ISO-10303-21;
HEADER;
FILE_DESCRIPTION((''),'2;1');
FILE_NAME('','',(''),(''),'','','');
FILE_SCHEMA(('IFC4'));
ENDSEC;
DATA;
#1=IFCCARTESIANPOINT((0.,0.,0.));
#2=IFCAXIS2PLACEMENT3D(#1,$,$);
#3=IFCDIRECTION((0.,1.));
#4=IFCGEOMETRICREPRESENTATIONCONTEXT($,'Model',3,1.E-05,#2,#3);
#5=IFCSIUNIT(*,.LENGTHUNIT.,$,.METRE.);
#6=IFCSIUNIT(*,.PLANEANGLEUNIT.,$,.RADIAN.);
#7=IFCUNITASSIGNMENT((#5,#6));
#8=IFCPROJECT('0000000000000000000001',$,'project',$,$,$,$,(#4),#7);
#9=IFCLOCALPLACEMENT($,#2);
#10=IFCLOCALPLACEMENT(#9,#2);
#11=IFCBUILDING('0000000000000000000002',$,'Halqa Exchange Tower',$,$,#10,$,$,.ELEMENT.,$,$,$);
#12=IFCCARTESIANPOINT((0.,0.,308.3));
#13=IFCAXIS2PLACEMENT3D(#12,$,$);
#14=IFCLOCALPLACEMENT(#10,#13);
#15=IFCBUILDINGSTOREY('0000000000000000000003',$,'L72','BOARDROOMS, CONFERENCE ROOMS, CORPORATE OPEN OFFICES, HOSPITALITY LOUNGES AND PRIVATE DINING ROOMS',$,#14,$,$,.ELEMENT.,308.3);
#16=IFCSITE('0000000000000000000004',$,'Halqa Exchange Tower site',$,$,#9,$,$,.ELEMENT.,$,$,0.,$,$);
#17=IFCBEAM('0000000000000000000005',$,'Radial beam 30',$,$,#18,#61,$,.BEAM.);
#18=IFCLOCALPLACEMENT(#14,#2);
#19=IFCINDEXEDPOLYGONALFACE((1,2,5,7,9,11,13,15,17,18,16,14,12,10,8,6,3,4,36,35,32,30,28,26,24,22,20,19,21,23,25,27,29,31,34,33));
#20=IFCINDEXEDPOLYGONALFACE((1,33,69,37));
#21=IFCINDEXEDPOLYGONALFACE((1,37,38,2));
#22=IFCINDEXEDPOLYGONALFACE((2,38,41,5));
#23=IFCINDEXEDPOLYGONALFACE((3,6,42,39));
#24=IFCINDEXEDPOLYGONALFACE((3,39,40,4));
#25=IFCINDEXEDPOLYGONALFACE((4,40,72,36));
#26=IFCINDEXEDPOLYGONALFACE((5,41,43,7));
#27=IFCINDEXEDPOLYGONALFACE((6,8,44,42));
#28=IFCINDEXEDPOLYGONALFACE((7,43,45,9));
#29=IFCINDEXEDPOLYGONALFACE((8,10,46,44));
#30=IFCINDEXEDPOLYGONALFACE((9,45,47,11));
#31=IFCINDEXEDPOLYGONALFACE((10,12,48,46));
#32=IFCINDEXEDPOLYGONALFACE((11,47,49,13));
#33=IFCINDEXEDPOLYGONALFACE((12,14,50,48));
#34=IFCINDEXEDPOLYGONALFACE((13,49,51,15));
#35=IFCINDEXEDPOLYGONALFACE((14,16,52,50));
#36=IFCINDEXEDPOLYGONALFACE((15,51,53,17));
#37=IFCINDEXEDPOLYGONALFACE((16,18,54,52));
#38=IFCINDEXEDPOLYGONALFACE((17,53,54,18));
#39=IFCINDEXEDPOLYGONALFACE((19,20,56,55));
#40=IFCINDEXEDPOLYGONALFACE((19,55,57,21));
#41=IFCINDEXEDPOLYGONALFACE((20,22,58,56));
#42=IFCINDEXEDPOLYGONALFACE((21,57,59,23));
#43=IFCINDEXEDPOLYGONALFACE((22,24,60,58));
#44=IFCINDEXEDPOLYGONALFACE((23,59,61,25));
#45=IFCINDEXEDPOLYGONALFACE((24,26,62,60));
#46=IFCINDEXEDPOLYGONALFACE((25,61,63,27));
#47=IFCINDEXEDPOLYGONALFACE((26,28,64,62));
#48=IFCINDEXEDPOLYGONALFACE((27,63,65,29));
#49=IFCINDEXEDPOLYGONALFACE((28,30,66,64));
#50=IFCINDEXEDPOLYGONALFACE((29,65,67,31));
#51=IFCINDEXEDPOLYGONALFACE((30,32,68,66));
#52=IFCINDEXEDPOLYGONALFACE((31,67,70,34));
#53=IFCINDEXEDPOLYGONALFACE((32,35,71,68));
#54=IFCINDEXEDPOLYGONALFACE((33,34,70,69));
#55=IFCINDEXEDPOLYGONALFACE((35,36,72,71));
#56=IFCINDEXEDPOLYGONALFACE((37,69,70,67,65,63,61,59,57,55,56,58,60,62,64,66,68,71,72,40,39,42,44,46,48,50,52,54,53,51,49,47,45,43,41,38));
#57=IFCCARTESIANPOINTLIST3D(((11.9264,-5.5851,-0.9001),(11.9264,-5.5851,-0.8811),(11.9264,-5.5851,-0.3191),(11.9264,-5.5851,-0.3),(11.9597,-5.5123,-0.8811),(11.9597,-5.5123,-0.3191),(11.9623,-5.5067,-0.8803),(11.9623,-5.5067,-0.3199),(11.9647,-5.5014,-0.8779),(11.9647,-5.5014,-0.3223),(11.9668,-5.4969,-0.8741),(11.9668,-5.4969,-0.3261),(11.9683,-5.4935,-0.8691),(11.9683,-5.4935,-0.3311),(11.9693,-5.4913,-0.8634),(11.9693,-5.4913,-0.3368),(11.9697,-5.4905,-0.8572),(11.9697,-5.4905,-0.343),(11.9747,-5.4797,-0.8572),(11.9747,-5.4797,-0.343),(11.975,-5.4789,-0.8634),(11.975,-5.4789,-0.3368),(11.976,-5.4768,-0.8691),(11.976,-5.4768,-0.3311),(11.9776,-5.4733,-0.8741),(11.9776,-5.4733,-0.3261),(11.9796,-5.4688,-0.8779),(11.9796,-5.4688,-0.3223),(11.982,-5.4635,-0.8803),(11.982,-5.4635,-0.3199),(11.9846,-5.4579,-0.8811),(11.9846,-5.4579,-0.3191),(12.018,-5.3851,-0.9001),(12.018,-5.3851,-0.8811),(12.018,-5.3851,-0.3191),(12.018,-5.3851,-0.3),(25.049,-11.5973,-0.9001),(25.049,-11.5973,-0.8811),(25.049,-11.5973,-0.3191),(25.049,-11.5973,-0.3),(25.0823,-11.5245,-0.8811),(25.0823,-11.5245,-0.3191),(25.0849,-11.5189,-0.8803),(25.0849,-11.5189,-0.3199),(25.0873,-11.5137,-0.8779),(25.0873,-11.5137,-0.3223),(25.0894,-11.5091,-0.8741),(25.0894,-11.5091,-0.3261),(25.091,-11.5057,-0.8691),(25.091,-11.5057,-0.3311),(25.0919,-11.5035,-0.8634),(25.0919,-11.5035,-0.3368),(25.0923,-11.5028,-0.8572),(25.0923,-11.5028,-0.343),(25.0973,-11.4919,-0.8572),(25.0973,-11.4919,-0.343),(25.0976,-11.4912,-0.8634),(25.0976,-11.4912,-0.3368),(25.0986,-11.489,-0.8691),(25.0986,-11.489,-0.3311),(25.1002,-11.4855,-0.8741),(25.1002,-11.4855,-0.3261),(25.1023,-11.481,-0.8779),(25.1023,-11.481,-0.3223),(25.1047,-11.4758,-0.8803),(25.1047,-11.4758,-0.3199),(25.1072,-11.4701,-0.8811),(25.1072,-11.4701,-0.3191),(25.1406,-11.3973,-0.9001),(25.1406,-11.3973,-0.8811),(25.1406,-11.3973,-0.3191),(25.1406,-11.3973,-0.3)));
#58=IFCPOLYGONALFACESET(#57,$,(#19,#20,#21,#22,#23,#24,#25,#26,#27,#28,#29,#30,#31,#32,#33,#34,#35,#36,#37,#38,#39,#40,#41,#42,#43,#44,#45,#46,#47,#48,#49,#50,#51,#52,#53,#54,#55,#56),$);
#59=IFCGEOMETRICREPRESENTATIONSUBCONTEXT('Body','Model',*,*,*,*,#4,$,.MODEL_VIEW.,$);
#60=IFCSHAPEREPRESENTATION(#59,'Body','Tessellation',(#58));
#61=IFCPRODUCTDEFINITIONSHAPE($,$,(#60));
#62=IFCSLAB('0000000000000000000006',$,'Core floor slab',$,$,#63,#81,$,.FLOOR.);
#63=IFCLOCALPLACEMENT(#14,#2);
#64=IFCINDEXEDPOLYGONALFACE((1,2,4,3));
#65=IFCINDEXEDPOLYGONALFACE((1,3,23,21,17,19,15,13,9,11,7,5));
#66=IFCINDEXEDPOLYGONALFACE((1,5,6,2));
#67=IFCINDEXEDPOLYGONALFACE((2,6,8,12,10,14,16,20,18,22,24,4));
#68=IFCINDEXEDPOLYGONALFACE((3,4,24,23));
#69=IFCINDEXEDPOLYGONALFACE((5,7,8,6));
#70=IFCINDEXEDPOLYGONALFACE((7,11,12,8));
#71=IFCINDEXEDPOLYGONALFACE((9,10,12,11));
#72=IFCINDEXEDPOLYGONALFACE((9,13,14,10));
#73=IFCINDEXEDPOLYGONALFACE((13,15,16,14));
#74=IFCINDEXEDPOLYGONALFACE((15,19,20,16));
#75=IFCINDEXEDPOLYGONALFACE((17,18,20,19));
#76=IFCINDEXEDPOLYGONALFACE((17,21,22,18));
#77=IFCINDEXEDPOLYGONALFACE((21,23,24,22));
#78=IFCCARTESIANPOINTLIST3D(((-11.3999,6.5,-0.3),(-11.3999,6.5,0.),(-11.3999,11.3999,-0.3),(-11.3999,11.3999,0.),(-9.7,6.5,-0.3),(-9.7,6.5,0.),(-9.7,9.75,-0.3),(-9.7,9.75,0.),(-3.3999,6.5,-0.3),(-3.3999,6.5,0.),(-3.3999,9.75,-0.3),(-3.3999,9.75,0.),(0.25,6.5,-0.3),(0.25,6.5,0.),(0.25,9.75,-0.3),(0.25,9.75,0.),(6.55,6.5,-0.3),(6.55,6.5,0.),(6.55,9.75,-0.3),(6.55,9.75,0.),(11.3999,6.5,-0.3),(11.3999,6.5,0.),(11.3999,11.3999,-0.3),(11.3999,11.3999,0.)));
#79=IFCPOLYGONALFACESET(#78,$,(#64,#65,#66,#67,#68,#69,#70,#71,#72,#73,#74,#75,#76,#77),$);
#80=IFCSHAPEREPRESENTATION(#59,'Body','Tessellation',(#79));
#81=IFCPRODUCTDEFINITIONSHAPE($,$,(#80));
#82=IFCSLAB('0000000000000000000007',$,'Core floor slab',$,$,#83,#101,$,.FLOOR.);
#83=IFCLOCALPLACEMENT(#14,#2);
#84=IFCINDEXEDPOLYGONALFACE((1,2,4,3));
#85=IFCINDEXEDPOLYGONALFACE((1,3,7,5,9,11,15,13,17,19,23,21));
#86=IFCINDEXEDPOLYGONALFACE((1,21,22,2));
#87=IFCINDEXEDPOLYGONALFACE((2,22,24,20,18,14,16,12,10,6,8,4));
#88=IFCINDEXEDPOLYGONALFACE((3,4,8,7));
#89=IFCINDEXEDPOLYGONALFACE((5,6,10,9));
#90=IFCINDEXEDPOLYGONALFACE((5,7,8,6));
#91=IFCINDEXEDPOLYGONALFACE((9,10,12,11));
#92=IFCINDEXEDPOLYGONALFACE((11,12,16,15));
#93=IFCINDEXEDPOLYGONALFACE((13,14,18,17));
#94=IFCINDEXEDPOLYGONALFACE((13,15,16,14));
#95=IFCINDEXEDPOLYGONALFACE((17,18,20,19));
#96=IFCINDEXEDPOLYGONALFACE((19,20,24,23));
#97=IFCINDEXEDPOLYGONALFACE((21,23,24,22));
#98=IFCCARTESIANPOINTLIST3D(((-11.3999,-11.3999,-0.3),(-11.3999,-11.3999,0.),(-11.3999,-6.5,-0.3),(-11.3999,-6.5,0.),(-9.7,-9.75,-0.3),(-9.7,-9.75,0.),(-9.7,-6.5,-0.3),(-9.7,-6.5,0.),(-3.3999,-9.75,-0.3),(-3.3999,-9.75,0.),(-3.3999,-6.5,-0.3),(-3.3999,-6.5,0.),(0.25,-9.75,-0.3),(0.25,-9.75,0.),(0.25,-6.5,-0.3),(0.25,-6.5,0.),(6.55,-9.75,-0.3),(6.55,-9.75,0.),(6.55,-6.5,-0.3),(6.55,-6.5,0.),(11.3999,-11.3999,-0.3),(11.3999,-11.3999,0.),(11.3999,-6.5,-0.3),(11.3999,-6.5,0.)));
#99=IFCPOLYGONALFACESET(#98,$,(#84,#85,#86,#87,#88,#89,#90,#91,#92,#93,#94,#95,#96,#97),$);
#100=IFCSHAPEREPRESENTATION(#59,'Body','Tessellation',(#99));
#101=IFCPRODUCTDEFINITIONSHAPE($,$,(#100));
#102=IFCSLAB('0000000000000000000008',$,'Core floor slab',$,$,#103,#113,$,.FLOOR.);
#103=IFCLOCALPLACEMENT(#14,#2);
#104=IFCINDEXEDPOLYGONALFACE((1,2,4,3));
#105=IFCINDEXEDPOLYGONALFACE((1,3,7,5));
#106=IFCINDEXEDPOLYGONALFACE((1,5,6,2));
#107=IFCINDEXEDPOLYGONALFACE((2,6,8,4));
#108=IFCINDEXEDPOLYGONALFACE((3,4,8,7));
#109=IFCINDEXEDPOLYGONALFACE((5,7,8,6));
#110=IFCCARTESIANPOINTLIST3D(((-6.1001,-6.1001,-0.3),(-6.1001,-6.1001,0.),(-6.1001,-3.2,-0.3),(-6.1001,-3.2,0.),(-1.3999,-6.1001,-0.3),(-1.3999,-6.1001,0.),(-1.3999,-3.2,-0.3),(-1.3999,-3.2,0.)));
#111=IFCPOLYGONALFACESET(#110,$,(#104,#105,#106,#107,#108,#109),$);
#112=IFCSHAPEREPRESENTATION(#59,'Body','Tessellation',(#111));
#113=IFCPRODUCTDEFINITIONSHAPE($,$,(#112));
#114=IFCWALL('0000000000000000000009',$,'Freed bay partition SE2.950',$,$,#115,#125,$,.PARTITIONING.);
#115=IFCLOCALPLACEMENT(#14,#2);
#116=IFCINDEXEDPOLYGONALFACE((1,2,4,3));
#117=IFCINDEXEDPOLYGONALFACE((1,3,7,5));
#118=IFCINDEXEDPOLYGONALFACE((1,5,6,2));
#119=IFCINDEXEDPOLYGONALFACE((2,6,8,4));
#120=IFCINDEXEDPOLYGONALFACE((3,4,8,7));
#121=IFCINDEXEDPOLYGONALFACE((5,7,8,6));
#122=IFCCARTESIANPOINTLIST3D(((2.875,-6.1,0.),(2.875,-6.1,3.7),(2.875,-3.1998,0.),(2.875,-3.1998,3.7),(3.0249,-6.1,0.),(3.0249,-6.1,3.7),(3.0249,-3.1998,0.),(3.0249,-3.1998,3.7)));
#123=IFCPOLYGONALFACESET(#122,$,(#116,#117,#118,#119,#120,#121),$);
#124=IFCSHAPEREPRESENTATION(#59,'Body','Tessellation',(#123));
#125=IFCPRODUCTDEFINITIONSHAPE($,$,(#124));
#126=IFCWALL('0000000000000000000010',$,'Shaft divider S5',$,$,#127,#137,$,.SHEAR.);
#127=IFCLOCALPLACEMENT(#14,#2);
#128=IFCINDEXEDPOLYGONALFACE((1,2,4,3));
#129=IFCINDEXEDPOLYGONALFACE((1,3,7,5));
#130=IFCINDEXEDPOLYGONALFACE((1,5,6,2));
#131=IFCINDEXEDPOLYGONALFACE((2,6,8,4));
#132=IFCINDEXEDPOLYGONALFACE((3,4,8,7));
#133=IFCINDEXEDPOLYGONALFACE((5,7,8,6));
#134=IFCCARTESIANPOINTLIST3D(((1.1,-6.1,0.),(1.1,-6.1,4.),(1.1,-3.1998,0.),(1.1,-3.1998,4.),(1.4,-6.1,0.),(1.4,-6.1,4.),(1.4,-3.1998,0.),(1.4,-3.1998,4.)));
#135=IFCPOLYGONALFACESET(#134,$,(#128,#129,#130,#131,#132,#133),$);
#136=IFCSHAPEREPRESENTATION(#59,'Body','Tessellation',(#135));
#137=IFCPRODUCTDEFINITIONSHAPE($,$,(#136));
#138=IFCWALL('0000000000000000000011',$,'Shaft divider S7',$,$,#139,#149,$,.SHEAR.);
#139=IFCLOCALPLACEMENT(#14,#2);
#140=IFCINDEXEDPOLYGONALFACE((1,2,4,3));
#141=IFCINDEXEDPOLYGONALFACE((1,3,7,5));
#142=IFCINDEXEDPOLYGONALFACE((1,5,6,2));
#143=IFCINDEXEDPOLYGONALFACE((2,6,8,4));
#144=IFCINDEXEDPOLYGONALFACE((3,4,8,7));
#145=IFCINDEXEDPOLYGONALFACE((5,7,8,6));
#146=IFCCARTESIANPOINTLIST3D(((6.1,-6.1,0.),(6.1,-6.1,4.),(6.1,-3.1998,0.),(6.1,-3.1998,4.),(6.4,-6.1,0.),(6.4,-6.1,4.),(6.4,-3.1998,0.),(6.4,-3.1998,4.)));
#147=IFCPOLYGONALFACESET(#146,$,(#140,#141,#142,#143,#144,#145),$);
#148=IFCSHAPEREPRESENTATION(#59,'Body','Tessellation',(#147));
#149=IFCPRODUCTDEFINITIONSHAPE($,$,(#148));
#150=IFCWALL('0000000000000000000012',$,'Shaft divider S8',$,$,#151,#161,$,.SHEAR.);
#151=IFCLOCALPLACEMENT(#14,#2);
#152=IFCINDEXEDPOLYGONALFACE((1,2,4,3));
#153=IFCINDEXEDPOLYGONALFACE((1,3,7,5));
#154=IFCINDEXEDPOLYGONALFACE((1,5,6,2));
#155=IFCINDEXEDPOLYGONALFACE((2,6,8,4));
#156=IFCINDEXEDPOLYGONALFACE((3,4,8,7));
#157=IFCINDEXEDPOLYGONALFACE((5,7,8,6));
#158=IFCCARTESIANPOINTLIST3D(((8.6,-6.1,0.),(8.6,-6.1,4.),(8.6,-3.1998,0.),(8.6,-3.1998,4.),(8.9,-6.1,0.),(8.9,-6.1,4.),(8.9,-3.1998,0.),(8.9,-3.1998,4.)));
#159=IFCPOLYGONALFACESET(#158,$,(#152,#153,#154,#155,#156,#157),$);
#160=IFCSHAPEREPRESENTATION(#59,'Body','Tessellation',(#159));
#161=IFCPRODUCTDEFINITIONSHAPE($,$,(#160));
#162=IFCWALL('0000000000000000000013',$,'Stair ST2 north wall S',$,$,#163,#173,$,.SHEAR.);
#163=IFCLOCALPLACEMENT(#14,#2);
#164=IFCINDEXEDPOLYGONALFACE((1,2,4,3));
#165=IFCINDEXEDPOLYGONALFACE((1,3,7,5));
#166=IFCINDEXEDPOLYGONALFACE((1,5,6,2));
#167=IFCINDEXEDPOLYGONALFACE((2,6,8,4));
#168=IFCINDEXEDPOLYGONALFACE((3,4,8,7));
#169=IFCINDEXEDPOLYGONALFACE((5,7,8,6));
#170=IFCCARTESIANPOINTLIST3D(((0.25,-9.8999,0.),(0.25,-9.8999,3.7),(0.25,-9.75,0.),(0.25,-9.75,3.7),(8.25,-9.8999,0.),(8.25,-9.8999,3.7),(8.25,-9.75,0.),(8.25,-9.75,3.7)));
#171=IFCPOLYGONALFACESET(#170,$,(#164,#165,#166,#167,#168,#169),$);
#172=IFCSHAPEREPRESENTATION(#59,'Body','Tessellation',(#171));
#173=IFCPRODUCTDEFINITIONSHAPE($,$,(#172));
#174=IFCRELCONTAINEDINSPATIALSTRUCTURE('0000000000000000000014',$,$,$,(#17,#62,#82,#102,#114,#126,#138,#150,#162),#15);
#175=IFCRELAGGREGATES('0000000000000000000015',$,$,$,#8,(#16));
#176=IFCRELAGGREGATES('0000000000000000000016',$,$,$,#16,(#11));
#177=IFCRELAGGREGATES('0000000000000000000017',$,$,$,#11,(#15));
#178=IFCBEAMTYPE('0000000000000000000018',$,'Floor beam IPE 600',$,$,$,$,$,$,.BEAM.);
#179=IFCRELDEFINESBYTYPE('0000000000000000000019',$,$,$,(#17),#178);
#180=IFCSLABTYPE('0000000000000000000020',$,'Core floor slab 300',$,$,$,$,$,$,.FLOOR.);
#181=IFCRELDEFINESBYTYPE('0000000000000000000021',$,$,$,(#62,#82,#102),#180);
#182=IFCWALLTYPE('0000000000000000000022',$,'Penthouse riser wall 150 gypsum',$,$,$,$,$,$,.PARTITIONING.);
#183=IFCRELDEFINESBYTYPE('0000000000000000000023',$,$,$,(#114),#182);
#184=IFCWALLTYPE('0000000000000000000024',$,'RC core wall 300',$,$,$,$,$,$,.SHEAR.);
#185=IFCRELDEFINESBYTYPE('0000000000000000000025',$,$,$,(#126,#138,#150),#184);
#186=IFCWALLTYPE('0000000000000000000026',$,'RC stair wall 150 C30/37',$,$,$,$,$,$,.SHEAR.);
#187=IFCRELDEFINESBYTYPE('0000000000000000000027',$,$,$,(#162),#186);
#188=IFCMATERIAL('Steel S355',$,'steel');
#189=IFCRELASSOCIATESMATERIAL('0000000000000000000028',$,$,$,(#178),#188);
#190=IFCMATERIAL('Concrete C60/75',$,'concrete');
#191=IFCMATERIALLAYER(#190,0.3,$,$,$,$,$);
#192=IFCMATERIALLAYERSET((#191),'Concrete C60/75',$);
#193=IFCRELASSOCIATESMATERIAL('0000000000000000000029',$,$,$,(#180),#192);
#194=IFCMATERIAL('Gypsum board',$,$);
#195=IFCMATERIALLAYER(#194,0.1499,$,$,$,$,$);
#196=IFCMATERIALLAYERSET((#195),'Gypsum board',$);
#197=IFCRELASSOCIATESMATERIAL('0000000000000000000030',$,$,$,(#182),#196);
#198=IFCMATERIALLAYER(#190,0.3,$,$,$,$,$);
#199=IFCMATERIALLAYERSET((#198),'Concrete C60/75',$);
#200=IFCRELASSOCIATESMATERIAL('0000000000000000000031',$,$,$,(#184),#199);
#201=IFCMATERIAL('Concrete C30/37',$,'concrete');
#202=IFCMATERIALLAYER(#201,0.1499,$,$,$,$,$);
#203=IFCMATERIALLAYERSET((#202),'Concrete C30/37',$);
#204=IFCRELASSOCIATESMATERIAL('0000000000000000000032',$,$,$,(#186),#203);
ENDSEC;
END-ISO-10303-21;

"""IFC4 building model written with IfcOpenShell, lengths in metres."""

from ifc_helpers import new_model, si_unit, direction, frame, frame_2d, origin, origin_2d, place, context, subcontext, project, spatial, polyline, rectangle, i_section, outline, extrude, material, layer, layer_set, material_profile, profile_set, type_object, element, save


model = new_model("IFC4")

# Units and contexts
model_context = context("Model", 3, precision=1e-05, world=origin(), true_north=direction((0.0, 1.0)))
body_context = subcontext(model_context, "Body", "Model", "MODEL_VIEW")
ifc_project = project(units=[si_unit("LENGTHUNIT", "METRE"), si_unit("PLANEANGLEUNIT", "RADIAN")], contexts=[model_context])

# Site, building, storey
site_placement = place(None, origin())
site = spatial("IfcSite", under=ifc_project, at=site_placement, Name="Halqa Exchange Tower site", CompositionType="ELEMENT", RefElevation=0.0)
building_placement = place(site_placement, origin())
building = spatial("IfcBuilding", under=site, at=building_placement, Name="Halqa Exchange Tower", CompositionType="ELEMENT")
storey_placement = place(building_placement, frame((0.0, 0.0, 308.3)))
storey = spatial("IfcBuildingStorey", under=building, at=storey_placement, Name="L72", Description="BOARDROOMS, CONFERENCE ROOMS, CORPORATE OPEN OFFICES, HOSPITALITY LOUNGES AND PRIVATE DINING ROOMS", CompositionType="ELEMENT", Elevation=308.3)

# Beam
ifc_material_1 = material(Name="Steel S355", Category="steel")
ifc_material_profile = material_profile(ifc_material_1, i_section(OverallWidth=0.22, OverallDepth=0.6001, WebThickness=0.012, FlangeThickness=0.019, FilletRadius=0.0239, at=origin_2d()), Name="IPE 600")
ifc_profile_set = profile_set([ifc_material_profile], Name="Steel S355")
beam_type = type_object("IfcBeamType", Name="Floor beam IPE 600", PredefinedType="BEAM", material=ifc_profile_set)
beam_placement = place(storey_placement, frame((11.9722, -5.4851, -0.6001), z_axis=(0.909125, -0.416523, 0.0), x_axis=(0.416523, 0.909125, 0.0)))
element("IfcBeam", 1, at=beam_placement, inside=storey, type_object=beam_type, Name="Radial beam 30", PredefinedType="BEAM", context=body_context, shape_type="SweptSolid", body=[
    extrude(i_section(OverallWidth=0.22, OverallDepth=0.6001, WebThickness=0.012, FlangeThickness=0.019, FilletRadius=0.0239, at=origin_2d()), origin(), (0.0, 0.0, 1.0), 14.4343),
])

# Slabs
ifc_material_2 = material(Name="Concrete C60/75", Category="concrete")
ifc_layer_1 = layer(ifc_material_2, 0.3)
ifc_layer_set_1 = layer_set([ifc_layer_1], Name="Concrete C60/75")
slab_type = type_object("IfcSlabType", Name="Core floor slab 300", PredefinedType="FLOOR", material=ifc_layer_set_1)
slab_1_placement = place(storey_placement, frame((0.0, 0.0, -0.3)))
element("IfcSlab", 2, at=slab_1_placement, inside=storey, type_object=slab_type, Name="Core floor slab", PredefinedType="FLOOR", context=body_context, shape_type="SweptSolid", body=[
    extrude(outline(polyline([(-11.3999, 11.3999), (11.3999, 11.3999), (11.3999, 6.5), (6.55, 6.5), (6.55, 9.75), (0.25, 9.75), (0.25, 6.5), (-3.3999, 6.5), (-3.3999, 9.75), (-9.7, 9.75), (-9.7, 6.5), (-11.3999, 6.5), (-11.3999, 11.3999)])), origin(), (0.0, 0.0, 1.0), 0.3),
])
slab_2_placement = place(storey_placement, frame((0.0, 0.0, -0.3)))
element("IfcSlab", 3, at=slab_2_placement, inside=storey, type_object=slab_type, Name="Core floor slab", PredefinedType="FLOOR", context=body_context, shape_type="SweptSolid", body=[
    extrude(outline(polyline([(-11.3999, -6.5), (-9.7, -6.5), (-9.7, -9.75), (-3.3999, -9.75), (-3.3999, -6.5), (0.25, -6.5), (0.25, -9.75), (6.55, -9.75), (6.55, -6.5), (11.3999, -6.5), (11.3999, -11.3999), (-11.3999, -11.3999), (-11.3999, -6.5)])), origin(), (0.0, 0.0, 1.0), 0.3),
])
slab_3_placement = place(storey_placement, frame((0.0, 0.0, -0.3)))
element("IfcSlab", 4, at=slab_3_placement, inside=storey, type_object=slab_type, Name="Core floor slab", PredefinedType="FLOOR", context=body_context, shape_type="SweptSolid", body=[
    extrude(outline(polyline([(-1.3999, -3.2), (-1.3999, -6.1001), (-6.1001, -6.1001), (-6.1001, -3.2), (-1.3999, -3.2)])), origin(), (0.0, 0.0, 1.0), 0.3),
])

# Walls
ifc_material_3 = material(Name="Gypsum board")
ifc_layer_2 = layer(ifc_material_3, 0.1499)
ifc_layer_set_2 = layer_set([ifc_layer_2], Name="Gypsum board")
wall_type_1 = type_object("IfcWallType", Name="Penthouse riser wall 150 gypsum", PredefinedType="PARTITIONING", material=ifc_layer_set_2)
wall_1_placement = place(storey_placement, frame((2.95, -6.1001, 0.0), z_axis=(0.0, 0.0, 1.0), x_axis=(0.0, 1.0, 0.0)))
element("IfcWall", 5, at=wall_1_placement, inside=storey, type_object=wall_type_1, Name="Freed bay partition SE2.950", PredefinedType="PARTITIONING", context=body_context, shape_type="SweptSolid", body=[
    extrude(rectangle(XDim=2.9001, YDim=0.1499, at=frame_2d((1.4502, 0.0))), origin(), (0.0, 0.0, 1.0), 3.7),
])
ifc_layer_3 = layer(ifc_material_2, 0.3)
ifc_layer_set_3 = layer_set([ifc_layer_3], Name="Concrete C60/75")
wall_type_2 = type_object("IfcWallType", Name="RC core wall 300", PredefinedType="SHEAR", material=ifc_layer_set_3)
for number, where, z_axis, x_axis, name in (
    (6, (1.25, -6.1001, 0.0), (0.0, 0.0, 1.0), (0.0, 1.0, 0.0), "Shaft divider S5"),
    (7, (6.25, -6.1001, 0.0), (0.0, 0.0, 1.0), (0.0, 1.0, 0.0), "Shaft divider S7"),
    (8, (8.75, -6.1001, 0.0), (0.0, 0.0, 1.0), (0.0, 1.0, 0.0), "Shaft divider S8"),
):
    element("IfcWall", number, at=place(storey_placement, frame(where, z_axis=z_axis, x_axis=x_axis)), inside=storey, type_object=wall_type_2, Name=name, PredefinedType="SHEAR", context=body_context, shape_type="SweptSolid", body=[
        extrude(rectangle(XDim=2.9001, YDim=0.3, at=frame_2d((1.4502, 0.0))), origin(), (0.0, 0.0, 1.0), 4.0),
    ])
ifc_material_4 = material(Name="Concrete C30/37", Category="concrete")
ifc_layer_4 = layer(ifc_material_4, 0.1499)
ifc_layer_set_4 = layer_set([ifc_layer_4], Name="Concrete C30/37")
wall_type_3 = type_object("IfcWallType", Name="RC stair wall 150 C30/37", PredefinedType="SHEAR", material=ifc_layer_set_4)
wall_2_placement = place(storey_placement, frame((0.25, -9.825, 0.0), z_axis=(0.0, 0.0, 1.0), x_axis=(1.0, 0.0, 0.0)))
element("IfcWall", 9, at=wall_2_placement, inside=storey, type_object=wall_type_3, Name="Stair ST2 north wall S", PredefinedType="SHEAR", context=body_context, shape_type="SweptSolid", body=[
    extrude(rectangle(XDim=8.0, YDim=0.1499, at=frame_2d((4.0, 0.0))), origin(), (0.0, 0.0, 1.0), 3.7),
])

save(model, "model.ifc")
